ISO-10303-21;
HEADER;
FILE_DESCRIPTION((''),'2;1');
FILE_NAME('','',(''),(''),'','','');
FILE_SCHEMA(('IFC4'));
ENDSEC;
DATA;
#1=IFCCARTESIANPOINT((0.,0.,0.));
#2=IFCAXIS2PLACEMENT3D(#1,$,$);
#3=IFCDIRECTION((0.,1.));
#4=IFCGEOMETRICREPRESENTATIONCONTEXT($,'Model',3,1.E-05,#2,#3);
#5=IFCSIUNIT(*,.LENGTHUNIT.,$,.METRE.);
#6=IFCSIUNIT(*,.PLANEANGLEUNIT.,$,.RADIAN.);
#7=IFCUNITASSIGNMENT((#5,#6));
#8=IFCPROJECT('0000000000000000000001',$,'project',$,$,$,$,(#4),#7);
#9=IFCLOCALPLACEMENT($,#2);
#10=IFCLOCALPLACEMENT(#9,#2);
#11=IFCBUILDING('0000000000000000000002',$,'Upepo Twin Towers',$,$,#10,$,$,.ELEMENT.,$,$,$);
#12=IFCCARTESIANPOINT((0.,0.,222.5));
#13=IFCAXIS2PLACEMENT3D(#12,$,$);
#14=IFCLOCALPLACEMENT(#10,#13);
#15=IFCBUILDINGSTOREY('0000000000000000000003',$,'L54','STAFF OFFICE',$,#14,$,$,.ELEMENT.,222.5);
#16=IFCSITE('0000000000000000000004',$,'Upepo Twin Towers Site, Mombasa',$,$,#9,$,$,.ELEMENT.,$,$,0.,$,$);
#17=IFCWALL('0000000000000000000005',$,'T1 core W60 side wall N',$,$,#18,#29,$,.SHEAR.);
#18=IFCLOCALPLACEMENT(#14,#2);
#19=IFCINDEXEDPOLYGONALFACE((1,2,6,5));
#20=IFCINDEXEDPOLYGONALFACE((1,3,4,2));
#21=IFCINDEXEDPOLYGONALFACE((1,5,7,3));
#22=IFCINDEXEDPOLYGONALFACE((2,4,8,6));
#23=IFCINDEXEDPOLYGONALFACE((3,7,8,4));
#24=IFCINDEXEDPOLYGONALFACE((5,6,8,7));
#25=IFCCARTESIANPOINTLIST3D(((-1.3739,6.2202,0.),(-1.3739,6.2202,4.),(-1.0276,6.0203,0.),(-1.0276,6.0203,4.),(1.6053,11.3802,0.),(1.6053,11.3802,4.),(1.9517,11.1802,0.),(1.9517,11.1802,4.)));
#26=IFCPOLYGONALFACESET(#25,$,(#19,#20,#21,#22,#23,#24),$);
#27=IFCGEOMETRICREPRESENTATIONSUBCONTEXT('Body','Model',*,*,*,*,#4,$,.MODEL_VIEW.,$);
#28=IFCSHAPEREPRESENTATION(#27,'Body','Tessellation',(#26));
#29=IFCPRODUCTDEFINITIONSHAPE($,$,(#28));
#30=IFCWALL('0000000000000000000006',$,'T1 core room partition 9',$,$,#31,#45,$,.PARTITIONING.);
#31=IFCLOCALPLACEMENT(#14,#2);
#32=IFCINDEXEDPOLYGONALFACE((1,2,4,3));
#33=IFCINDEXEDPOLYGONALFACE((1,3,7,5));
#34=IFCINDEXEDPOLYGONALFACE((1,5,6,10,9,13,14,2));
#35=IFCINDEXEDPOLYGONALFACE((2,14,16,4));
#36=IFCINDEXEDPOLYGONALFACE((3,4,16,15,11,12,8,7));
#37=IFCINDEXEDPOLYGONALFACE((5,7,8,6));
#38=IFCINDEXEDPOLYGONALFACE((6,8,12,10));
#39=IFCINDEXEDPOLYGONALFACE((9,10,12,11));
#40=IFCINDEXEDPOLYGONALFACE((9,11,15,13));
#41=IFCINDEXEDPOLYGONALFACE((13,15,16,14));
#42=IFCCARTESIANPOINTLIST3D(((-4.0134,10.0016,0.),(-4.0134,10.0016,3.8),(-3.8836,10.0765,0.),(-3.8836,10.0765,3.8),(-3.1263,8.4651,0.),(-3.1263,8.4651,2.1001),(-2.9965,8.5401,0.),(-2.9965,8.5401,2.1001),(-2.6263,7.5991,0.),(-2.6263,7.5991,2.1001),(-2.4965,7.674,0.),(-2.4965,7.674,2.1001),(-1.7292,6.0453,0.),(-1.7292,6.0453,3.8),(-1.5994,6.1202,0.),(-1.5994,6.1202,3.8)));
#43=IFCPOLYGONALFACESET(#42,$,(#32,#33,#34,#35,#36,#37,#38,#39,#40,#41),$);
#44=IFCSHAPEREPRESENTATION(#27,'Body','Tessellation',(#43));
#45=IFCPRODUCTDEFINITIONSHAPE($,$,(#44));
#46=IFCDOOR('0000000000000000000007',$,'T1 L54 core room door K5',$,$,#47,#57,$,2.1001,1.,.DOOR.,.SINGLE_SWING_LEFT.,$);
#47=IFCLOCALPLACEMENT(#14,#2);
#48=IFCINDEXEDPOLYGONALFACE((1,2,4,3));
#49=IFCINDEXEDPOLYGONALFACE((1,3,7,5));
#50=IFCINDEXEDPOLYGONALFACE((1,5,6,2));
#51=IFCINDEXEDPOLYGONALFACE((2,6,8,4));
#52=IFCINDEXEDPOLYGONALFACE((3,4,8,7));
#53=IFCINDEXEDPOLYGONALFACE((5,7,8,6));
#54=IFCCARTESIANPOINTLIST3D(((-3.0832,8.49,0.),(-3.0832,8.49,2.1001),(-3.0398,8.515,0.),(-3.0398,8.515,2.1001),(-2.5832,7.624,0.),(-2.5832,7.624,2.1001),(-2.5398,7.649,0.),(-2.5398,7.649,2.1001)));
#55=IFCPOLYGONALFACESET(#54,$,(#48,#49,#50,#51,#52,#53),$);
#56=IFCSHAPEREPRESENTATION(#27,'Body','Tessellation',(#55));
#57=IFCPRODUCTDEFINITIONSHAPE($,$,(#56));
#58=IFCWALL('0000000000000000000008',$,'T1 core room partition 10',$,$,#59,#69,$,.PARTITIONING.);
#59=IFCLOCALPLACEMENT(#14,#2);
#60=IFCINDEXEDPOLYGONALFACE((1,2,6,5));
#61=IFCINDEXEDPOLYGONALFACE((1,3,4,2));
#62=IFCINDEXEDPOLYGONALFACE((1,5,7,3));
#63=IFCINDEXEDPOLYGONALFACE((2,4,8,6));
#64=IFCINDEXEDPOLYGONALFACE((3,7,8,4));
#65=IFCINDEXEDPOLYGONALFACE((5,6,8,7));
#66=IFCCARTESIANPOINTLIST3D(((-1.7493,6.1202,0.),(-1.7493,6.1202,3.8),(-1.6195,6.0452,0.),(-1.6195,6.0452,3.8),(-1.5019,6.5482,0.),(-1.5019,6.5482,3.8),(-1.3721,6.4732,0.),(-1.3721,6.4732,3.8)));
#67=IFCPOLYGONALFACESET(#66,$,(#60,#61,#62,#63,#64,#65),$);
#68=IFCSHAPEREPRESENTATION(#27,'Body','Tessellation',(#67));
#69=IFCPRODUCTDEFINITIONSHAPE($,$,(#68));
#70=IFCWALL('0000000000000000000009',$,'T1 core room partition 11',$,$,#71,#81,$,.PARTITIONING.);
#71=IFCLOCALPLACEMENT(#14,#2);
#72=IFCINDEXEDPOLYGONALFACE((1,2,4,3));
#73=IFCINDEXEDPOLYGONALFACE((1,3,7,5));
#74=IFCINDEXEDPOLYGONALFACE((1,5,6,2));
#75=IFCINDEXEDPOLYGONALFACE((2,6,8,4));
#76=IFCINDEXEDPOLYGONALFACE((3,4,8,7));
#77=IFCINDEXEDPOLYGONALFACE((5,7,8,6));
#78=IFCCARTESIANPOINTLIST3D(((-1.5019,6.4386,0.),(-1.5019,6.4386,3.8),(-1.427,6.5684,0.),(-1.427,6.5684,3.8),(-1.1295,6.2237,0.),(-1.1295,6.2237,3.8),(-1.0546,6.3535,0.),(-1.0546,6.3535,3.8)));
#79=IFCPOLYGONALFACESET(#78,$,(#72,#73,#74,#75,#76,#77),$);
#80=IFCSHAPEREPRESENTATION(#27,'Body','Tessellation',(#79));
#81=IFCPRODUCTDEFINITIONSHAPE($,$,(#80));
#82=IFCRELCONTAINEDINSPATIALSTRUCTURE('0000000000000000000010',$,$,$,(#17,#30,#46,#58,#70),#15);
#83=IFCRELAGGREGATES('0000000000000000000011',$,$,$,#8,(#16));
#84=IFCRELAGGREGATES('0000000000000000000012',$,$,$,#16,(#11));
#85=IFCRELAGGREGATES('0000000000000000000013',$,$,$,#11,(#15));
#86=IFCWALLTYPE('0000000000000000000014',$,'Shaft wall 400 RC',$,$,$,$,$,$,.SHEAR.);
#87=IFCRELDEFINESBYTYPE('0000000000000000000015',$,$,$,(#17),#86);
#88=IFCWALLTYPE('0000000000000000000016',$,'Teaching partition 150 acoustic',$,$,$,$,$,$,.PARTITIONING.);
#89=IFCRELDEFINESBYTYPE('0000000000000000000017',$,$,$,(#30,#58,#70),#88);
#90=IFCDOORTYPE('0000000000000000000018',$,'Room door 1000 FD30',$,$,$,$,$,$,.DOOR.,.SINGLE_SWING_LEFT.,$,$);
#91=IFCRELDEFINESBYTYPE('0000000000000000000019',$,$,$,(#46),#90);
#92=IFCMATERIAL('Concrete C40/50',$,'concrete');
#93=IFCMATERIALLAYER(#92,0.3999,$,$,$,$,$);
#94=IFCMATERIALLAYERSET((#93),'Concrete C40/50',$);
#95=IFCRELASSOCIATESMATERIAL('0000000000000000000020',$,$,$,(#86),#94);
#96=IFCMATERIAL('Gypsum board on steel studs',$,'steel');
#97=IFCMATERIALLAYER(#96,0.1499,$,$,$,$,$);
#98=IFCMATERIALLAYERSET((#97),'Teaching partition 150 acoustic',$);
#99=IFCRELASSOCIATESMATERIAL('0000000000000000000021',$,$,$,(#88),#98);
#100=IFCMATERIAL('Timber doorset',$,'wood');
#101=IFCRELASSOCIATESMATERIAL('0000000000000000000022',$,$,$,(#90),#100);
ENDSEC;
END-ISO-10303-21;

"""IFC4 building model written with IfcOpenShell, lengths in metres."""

from ifc_helpers import new_model, si_unit, direction, frame, frame_2d, origin, place, context, subcontext, project, spatial, rectangle, extrude, material, layer, layer_set, type_object, element, fill, save


model = new_model("IFC4")

# Units and contexts
model_context = context("Model", 3, precision=1e-05, world=origin(), true_north=direction((0.0, 1.0)))
body_context = subcontext(model_context, "Body", "Model", "MODEL_VIEW")
ifc_project = project(units=[si_unit("LENGTHUNIT", "METRE"), si_unit("PLANEANGLEUNIT", "RADIAN")], contexts=[model_context])

# Site, building, storey
site_placement = place(None, origin())
site = spatial("IfcSite", under=ifc_project, at=site_placement, Name="Upepo Twin Towers Site, Mombasa", CompositionType="ELEMENT", RefElevation=0.0)
building_placement = place(site_placement, origin())
building = spatial("IfcBuilding", under=site, at=building_placement, Name="Upepo Twin Towers", CompositionType="ELEMENT")
storey_placement = place(building_placement, frame((0.0, 0.0, 222.5)))
storey = spatial("IfcBuildingStorey", under=building, at=storey_placement, Name="L54", Description="STAFF OFFICE", CompositionType="ELEMENT", Elevation=222.5)

# Wall
ifc_material_1 = material(Name="Concrete C40/50", Category="concrete")
ifc_layer_1 = layer(ifc_material_1, 0.3999)
ifc_layer_set_1 = layer_set([ifc_layer_1], Name="Concrete C40/50")
wall_type_1 = type_object("IfcWallType", Name="Shaft wall 400 RC", PredefinedType="SHEAR", material=ifc_layer_set_1)
wall_1_placement = place(storey_placement, frame((-1.2007, 6.1204, 0.0), z_axis=(0.0, 0.0, 1.0), x_axis=(0.500022, 0.866013, 0.0)))
element("IfcWall", 1, at=wall_1_placement, inside=storey, type_object=wall_type_1, Name="T1 core W60 side wall N", PredefinedType="SHEAR", context=body_context, shape_type="SweptSolid", body=[
    extrude(rectangle(XDim=5.9583, YDim=0.3999, at=frame_2d((2.979, 0.0))), origin(), (0.0, 0.0, 1.0), 4.0),
])

# Wall, opening, door
ifc_material_2 = material(Name="Gypsum board on steel studs", Category="steel")
ifc_layer_2 = layer(ifc_material_2, 0.1499)
ifc_layer_set_2 = layer_set([ifc_layer_2], Name="Teaching partition 150 acoustic")
wall_type_2 = type_object("IfcWallType", Name="Teaching partition 150 acoustic", PredefinedType="PARTITIONING", material=ifc_layer_set_2)
wall_2_placement = place(storey_placement, frame((-3.9485, 10.0391, 0.0), z_axis=(0.0, 0.0, 1.0), x_axis=(0.500002, -0.866025, 0.0)))
wall_2 = element("IfcWall", 2, at=wall_2_placement, inside=storey, type_object=wall_type_2, Name="T1 core room partition 9", PredefinedType="PARTITIONING", context=body_context, shape_type="SweptSolid", body=[
    extrude(rectangle(XDim=4.5684, YDim=0.1499, at=frame_2d((2.2842, 0.0))), origin(), (0.0, 0.0, 1.0), 3.8),
])
opening_1_placement = place(wall_2_placement, frame((1.7742, 0.0, 0.0)))
opening_1 = element("IfcOpeningElement", 3, at=opening_1_placement, cuts=wall_2, PredefinedType="OPENING", context=body_context, shape_type="SweptSolid", body=[
    extrude(rectangle(XDim=1.0, YDim=2.1001, at=frame_2d((0.5, 1.05))), frame((0.0, 0.085, 0.0), z_axis=(0.0, -1.0, 0.0), x_axis=(1.0, 0.0, 0.0)), (0.0, 0.0, 1.0), 0.1699),
])
ifc_material_3 = material(Name="Timber doorset", Category="wood")
door_type_1 = type_object("IfcDoorType", Name="Room door 1000 FD30", OperationType="SINGLE_SWING_LEFT", PredefinedType="DOOR", material=ifc_material_3)
door_1_placement = place(opening_1_placement, origin())
door_1 = element("IfcDoor", 4, at=door_1_placement, inside=storey, type_object=door_type_1, Name="T1 L54 core room door K5", OperationType="SINGLE_SWING_LEFT", OverallHeight=2.1001, OverallWidth=1.0, PredefinedType="DOOR", context=body_context, shape_type="SweptSolid", body=[
    extrude(rectangle(XDim=1.0, YDim=2.1001, at=frame_2d((0.5, 1.05))), frame((0.0, 0.0249, 0.0), z_axis=(0.0, -1.0, 0.0), x_axis=(1.0, 0.0, 0.0)), (0.0, 0.0, 1.0), 0.05),
])
fill(opening_1, door_1)

# Walls
wall_3_placement = place(storey_placement, frame((-1.6843, 6.0828, 0.0), z_axis=(0.0, 0.0, 1.0), x_axis=(0.500335, 0.865832, 0.0)))
element("IfcWall", 5, at=wall_3_placement, inside=storey, type_object=wall_type_2, Name="T1 core room partition 10", PredefinedType="PARTITIONING", context=body_context, shape_type="SweptSolid", body=[
    extrude(rectangle(XDim=0.4944, YDim=0.1499, at=frame_2d((0.2471, 0.0))), origin(), (0.0, 0.0, 1.0), 3.8),
])
wall_4_placement = place(storey_placement, frame((-1.4644, 6.5034, 0.0), z_axis=(0.0, 0.0, 1.0), x_axis=(0.866138, -0.499804, 0.0)))
element("IfcWall", 6, at=wall_4_placement, inside=storey, type_object=wall_type_2, Name="T1 core room partition 11", PredefinedType="PARTITIONING", context=body_context, shape_type="SweptSolid", body=[
    extrude(rectangle(XDim=0.4299, YDim=0.1499, at=frame_2d((0.2148, 0.0))), origin(), (0.0, 0.0, 1.0), 3.8),
])

save(model, "model.ifc")
